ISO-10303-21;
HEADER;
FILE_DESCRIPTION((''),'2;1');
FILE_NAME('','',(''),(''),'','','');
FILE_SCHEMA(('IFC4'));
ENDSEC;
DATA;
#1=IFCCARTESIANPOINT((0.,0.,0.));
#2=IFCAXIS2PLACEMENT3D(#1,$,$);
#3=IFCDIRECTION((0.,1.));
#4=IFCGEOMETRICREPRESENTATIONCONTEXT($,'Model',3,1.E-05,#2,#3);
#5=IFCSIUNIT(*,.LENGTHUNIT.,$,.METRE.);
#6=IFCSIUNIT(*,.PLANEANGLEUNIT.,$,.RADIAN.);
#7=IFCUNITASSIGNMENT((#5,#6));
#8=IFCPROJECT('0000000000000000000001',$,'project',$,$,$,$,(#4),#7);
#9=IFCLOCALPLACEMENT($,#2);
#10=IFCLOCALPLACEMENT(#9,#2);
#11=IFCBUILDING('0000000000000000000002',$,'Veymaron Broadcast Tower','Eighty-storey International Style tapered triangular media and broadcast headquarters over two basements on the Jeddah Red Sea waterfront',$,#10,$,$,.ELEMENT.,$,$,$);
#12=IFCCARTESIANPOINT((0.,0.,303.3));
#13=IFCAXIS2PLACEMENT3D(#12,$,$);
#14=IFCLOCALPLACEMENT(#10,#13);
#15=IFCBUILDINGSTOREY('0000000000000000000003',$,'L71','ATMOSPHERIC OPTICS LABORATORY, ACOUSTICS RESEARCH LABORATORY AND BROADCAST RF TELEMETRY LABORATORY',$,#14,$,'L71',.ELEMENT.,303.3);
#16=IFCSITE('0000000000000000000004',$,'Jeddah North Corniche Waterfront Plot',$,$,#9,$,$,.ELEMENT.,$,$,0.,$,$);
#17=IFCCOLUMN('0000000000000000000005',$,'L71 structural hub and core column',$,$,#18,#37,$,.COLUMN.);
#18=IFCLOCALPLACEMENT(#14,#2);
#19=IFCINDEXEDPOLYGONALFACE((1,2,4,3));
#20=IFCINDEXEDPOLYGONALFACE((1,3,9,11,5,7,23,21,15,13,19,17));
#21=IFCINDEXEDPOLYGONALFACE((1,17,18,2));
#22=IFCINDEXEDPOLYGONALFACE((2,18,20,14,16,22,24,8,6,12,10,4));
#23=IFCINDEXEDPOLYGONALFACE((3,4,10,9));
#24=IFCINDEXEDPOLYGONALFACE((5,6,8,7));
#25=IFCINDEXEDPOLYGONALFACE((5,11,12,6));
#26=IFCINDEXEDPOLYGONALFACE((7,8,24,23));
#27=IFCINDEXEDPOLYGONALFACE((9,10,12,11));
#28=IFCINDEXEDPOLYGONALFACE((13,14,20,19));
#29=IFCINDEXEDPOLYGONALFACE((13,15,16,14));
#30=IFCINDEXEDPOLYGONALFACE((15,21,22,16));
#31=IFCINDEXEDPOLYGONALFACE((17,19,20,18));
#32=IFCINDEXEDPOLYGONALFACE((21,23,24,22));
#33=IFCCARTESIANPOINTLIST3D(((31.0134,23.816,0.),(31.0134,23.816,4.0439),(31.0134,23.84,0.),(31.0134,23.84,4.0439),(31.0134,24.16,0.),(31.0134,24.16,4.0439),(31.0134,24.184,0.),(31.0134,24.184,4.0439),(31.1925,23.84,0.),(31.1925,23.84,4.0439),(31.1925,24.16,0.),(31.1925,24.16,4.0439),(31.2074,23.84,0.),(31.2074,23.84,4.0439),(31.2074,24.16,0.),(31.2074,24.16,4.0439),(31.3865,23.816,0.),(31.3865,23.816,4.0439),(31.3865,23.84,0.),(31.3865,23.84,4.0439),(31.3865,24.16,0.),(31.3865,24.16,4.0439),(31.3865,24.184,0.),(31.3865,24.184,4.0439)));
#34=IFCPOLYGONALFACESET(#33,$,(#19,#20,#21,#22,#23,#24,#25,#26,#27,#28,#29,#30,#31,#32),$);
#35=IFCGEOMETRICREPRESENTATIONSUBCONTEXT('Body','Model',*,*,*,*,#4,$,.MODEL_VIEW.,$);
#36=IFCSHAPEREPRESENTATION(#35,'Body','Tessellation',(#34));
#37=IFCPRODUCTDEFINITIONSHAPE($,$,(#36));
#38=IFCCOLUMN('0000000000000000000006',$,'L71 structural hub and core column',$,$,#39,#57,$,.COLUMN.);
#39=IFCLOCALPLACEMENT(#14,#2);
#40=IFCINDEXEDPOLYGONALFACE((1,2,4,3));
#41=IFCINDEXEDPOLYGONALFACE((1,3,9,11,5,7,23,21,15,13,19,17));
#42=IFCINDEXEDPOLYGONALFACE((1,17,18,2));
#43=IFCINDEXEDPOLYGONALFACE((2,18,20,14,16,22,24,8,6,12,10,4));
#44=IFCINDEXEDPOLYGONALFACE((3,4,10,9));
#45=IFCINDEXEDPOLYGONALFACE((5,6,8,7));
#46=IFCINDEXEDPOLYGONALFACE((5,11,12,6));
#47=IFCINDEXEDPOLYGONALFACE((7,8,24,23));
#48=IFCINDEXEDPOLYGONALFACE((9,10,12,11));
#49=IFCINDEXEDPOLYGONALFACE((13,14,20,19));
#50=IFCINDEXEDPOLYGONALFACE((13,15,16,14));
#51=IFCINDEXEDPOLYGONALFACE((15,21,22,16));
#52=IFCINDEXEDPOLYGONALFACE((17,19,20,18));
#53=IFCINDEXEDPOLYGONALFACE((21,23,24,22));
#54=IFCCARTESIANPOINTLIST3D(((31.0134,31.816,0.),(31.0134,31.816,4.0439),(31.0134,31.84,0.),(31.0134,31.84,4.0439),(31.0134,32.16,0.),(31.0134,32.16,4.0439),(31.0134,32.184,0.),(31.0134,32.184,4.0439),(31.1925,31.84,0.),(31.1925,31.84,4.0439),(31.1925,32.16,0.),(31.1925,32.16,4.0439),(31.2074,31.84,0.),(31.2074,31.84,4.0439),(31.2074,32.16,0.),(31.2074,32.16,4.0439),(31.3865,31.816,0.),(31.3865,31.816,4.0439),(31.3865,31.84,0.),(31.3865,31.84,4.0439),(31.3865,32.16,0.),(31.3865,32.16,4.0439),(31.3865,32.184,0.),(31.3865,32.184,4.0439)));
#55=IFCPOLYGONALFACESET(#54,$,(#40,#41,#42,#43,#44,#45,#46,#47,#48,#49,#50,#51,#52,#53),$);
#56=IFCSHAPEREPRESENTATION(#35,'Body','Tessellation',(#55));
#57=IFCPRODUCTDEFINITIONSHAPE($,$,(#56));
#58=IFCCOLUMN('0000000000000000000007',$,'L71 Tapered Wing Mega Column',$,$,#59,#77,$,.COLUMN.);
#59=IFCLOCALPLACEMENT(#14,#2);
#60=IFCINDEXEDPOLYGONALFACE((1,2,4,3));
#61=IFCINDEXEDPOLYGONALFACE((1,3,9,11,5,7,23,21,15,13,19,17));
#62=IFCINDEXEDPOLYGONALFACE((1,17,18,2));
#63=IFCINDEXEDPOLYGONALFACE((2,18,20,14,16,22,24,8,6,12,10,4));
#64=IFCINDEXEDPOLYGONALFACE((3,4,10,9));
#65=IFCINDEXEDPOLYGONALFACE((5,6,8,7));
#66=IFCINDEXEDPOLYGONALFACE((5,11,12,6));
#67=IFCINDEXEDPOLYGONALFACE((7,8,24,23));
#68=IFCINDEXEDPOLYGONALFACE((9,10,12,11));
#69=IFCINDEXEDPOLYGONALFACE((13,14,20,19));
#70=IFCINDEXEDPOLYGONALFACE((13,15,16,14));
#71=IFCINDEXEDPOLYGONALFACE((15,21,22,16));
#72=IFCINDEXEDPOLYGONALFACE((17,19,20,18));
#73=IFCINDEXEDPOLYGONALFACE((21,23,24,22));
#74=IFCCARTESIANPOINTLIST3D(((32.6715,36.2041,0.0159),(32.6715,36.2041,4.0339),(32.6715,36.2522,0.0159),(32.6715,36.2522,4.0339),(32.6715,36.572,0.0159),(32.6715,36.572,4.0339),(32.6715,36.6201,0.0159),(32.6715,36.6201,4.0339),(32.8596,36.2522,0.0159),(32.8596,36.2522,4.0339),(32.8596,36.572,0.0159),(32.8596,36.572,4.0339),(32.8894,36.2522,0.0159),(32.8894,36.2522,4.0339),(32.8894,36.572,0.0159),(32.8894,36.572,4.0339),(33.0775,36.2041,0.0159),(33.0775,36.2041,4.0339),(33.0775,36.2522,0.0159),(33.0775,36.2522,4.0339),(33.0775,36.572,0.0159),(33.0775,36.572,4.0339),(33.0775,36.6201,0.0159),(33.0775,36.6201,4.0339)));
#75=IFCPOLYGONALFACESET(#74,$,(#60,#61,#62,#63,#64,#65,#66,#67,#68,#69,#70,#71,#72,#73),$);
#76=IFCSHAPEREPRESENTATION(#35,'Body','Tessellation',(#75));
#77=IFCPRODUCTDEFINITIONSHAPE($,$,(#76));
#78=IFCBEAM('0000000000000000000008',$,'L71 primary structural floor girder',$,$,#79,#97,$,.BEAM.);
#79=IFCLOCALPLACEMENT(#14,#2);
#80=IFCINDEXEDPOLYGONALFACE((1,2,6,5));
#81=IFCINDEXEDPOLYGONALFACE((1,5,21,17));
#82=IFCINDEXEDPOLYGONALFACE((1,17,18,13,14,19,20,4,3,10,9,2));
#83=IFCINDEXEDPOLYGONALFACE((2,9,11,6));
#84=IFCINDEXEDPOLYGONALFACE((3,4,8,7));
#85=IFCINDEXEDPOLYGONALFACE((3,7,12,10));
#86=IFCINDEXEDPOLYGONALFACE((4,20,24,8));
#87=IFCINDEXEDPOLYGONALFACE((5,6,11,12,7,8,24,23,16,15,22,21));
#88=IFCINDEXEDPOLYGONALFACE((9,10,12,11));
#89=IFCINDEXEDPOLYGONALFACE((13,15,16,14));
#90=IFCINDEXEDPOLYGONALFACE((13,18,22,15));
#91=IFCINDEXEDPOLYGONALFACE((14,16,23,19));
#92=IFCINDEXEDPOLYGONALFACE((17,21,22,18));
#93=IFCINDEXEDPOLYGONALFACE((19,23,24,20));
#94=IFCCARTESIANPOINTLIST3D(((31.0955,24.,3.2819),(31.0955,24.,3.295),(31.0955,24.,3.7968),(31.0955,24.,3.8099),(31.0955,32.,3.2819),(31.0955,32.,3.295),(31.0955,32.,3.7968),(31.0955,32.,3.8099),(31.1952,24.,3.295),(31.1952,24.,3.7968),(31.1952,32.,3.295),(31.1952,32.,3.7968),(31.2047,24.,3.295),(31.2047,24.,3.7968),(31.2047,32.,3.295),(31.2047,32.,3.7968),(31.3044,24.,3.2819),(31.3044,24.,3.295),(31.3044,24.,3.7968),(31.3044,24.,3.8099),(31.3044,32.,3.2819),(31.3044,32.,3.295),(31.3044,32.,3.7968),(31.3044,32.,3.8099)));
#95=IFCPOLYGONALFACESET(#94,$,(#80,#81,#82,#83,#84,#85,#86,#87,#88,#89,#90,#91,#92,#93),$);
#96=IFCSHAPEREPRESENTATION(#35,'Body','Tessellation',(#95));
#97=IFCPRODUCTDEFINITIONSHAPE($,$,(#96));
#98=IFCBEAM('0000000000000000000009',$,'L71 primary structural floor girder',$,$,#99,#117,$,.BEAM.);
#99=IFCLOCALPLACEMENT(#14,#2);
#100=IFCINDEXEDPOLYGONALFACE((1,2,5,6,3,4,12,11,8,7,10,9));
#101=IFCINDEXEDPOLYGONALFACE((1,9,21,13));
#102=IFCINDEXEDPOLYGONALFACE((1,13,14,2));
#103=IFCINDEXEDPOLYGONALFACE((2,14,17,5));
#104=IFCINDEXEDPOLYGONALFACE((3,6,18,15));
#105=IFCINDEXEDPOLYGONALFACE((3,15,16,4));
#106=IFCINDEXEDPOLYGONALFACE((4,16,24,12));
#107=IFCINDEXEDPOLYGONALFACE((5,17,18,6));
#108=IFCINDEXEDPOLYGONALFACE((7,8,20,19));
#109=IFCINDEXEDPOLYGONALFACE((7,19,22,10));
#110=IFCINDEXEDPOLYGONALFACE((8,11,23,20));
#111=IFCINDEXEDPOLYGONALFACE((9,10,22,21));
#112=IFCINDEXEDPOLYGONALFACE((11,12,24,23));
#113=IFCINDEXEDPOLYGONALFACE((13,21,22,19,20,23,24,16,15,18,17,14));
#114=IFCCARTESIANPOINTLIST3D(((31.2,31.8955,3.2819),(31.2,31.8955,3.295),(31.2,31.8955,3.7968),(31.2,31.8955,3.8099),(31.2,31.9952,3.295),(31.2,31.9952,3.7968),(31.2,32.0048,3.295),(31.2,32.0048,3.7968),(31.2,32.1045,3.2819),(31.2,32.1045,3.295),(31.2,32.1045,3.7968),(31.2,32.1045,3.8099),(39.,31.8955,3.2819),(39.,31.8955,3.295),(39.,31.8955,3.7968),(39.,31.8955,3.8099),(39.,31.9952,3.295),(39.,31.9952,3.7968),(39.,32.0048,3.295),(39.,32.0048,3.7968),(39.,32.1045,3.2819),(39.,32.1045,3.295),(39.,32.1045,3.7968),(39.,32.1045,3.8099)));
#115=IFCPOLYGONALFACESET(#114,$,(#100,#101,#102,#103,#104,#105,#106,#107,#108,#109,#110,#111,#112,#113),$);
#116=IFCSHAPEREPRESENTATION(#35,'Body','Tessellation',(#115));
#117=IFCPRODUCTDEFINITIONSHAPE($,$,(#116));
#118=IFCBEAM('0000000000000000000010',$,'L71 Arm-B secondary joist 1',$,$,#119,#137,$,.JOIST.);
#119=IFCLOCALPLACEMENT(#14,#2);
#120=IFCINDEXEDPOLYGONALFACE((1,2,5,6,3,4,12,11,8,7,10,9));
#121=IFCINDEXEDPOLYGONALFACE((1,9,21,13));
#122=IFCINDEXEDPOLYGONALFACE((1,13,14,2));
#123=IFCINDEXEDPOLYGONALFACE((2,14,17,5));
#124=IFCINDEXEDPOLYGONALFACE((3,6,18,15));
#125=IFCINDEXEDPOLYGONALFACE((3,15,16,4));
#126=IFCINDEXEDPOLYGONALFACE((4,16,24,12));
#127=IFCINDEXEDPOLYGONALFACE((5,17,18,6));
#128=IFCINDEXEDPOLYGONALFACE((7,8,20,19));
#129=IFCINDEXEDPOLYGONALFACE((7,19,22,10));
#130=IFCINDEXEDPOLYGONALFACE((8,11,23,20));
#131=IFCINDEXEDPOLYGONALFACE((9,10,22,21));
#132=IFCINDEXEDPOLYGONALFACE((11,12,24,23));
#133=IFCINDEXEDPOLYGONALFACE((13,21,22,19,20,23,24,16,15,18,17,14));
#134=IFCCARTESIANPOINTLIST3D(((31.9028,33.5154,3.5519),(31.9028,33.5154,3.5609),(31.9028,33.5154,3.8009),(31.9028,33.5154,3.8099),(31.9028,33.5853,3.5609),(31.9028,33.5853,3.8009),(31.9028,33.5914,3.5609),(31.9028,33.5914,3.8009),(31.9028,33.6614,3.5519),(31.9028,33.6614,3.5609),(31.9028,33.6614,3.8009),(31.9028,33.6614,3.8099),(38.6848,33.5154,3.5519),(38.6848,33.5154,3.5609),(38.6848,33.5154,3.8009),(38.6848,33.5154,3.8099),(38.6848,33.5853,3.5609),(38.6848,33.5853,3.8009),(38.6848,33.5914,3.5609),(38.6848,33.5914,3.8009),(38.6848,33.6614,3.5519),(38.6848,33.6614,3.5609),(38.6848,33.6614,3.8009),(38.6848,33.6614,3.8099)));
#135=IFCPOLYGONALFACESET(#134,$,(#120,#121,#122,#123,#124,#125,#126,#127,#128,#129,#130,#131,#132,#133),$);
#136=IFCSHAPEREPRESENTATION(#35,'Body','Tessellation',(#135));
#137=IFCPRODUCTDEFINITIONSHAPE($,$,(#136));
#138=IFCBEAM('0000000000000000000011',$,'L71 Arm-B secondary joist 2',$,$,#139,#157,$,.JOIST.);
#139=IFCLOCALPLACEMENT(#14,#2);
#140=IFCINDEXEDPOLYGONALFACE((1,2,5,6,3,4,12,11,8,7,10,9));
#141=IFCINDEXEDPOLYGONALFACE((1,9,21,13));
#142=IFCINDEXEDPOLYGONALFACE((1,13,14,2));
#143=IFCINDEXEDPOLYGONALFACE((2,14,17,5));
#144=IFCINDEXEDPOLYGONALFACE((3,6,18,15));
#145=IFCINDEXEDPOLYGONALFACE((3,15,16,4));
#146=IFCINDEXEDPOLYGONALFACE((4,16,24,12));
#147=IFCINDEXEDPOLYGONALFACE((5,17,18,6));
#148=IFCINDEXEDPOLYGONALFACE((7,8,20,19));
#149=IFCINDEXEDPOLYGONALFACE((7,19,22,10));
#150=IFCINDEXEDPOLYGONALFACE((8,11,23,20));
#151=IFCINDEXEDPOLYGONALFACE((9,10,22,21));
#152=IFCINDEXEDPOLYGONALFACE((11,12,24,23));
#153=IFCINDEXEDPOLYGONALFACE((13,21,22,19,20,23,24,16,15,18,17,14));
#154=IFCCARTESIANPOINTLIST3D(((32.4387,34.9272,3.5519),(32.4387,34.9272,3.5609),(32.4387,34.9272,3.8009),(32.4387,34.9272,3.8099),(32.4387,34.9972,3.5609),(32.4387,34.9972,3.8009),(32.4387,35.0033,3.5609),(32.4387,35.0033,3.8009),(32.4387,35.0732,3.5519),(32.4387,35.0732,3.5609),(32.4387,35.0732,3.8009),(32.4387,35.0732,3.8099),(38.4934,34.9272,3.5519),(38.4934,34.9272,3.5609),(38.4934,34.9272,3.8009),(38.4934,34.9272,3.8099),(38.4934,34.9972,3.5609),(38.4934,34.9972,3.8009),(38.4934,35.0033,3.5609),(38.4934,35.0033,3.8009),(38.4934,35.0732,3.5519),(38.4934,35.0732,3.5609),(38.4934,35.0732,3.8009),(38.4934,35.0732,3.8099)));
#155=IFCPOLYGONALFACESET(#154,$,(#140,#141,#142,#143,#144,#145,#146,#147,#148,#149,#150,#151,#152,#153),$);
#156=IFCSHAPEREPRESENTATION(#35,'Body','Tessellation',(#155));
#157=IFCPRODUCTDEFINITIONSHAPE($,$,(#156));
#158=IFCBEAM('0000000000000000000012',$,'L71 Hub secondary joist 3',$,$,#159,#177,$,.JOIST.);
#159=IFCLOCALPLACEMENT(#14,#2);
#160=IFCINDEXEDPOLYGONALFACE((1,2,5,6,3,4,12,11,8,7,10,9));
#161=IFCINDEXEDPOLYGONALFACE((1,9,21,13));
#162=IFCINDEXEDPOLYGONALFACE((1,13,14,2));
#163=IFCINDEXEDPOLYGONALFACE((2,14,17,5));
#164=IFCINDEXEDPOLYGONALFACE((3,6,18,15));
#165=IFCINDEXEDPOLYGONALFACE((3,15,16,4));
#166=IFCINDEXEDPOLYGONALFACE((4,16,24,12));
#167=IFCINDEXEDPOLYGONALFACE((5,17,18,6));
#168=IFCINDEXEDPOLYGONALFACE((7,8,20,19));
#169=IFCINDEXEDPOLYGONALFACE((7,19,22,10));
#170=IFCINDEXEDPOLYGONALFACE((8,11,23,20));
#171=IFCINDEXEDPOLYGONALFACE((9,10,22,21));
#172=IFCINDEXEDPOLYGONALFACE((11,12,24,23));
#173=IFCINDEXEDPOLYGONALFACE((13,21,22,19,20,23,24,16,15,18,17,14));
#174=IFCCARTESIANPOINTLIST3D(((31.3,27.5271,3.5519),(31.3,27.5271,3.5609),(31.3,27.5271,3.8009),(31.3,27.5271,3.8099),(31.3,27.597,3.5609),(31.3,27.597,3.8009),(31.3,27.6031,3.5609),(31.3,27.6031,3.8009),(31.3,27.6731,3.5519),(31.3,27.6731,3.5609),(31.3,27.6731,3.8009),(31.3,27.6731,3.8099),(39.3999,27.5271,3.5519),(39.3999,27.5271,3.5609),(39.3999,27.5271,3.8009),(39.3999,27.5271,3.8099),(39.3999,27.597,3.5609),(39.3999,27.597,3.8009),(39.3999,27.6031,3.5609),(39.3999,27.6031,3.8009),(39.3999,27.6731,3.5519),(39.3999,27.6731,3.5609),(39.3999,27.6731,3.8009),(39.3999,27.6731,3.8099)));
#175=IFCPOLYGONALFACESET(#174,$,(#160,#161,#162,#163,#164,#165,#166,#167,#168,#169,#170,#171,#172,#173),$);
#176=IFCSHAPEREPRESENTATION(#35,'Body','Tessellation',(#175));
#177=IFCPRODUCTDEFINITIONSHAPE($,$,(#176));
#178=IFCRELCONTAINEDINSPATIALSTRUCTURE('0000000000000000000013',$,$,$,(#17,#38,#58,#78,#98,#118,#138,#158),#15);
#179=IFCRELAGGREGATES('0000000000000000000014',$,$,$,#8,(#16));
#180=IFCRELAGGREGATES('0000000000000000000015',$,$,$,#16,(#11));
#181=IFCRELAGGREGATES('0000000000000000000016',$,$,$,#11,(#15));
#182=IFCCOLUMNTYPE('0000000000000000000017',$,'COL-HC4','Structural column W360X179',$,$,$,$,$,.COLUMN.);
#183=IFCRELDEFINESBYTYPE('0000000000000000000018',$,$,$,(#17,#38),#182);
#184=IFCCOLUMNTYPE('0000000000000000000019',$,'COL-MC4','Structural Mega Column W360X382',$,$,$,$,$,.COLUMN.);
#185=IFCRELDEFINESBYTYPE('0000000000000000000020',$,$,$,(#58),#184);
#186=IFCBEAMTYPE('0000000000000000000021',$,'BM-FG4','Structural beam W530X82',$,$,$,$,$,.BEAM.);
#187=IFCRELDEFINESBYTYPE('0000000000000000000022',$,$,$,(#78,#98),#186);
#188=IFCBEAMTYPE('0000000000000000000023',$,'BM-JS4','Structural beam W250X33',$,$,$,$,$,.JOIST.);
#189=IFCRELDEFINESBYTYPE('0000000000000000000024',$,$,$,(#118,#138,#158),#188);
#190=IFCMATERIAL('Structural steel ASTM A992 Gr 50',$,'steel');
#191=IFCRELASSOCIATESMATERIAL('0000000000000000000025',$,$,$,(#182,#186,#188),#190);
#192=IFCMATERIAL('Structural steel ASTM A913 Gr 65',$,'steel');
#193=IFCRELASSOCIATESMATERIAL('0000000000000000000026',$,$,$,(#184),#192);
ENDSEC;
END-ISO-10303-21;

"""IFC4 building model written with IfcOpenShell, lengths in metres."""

from ifc_helpers import new_model, si_unit, direction, frame, origin, origin_2d, place, context, subcontext, project, spatial, i_section, extrude, material, material_profile, profile_set, type_object, element, save


model = new_model("IFC4")

# Units and contexts
model_context = context("Model", 3, precision=1e-05, world=origin(), true_north=direction((0.0, 1.0)))
body_context = subcontext(model_context, "Body", "Model", "MODEL_VIEW")
ifc_project = project(units=[si_unit("LENGTHUNIT", "METRE"), si_unit("PLANEANGLEUNIT", "RADIAN")], contexts=[model_context])

# Site, building, storey
site_placement = place(None, origin())
site = spatial("IfcSite", under=ifc_project, at=site_placement, Name="Jeddah North Corniche Waterfront Plot", CompositionType="ELEMENT", RefElevation=0.0)
building_placement = place(site_placement, origin())
building = spatial("IfcBuilding", under=site, at=building_placement, Name="Veymaron Broadcast Tower", Description="Eighty-storey International Style tapered triangular media and broadcast headquarters over two basements on the Jeddah Red Sea waterfront", CompositionType="ELEMENT")
storey_placement = place(building_placement, frame((0.0, 0.0, 303.3)))
storey = spatial("IfcBuildingStorey", under=building, at=storey_placement, Name="L71", Description="ATMOSPHERIC OPTICS LABORATORY, ACOUSTICS RESEARCH LABORATORY AND BROADCAST RF TELEMETRY LABORATORY", LongName="L71", CompositionType="ELEMENT", Elevation=303.3)

# Columns
ifc_material_1 = material(Name="Structural steel ASTM A992 Gr 50", Category="steel")
ifc_material_profile_1 = material_profile(ifc_material_1, i_section(OverallWidth=0.373, OverallDepth=0.3679, WebThickness=0.0149, FlangeThickness=0.0239, at=origin_2d()), Name="W360X179")
ifc_profile_set_1 = profile_set([ifc_material_profile_1], Name="Structural steel ASTM A992 Gr 50")
column_type_1 = type_object("IfcColumnType", Name="COL-HC4", Description="Structural column W360X179", PredefinedType="COLUMN", material=ifc_profile_set_1)
for number, where, z_axis, x_axis, name in (
    (1, (31.2, 24.0, 0.0), (0.0, 0.0, 1.0), (1.0, 0.0, 0.0), "L71 structural hub and core column"),
    (2, (31.2, 32.0, 0.0), (0.0, 0.0, 1.0), (1.0, 0.0, 0.0), "L71 structural hub and core column"),
):
    element("IfcColumn", number, at=place(storey_placement, frame(where, z_axis=z_axis, x_axis=x_axis)), inside=storey, type_object=column_type_1, Name=name, PredefinedType="COLUMN", context=body_context, shape_type="SweptSolid", body=[
        extrude(i_section(OverallWidth=0.373, OverallDepth=0.3679, WebThickness=0.0149, FlangeThickness=0.0239, at=origin_2d()), origin(), (0.0, 0.0, 1.0), 4.0439),
    ])
ifc_material_2 = material(Name="Structural steel ASTM A913 Gr 65", Category="steel")
ifc_material_profile_2 = material_profile(ifc_material_2, i_section(OverallWidth=0.406, OverallDepth=0.416, WebThickness=0.0298, FlangeThickness=0.0481, at=origin_2d()), Name="W360X382")
ifc_profile_set_2 = profile_set([ifc_material_profile_2], Name="Structural steel ASTM A913 Gr 65")
column_type_2 = type_object("IfcColumnType", Name="COL-MC4", Description="Structural Mega Column W360X382", PredefinedType="COLUMN", material=ifc_profile_set_2)
column_placement = place(storey_placement, frame((32.8745, 36.4121, 0.0159), z_axis=(0.0, 0.0, 1.0), x_axis=(1.0, 0.0, 0.0)))
element("IfcColumn", 3, at=column_placement, inside=storey, type_object=column_type_2, Name="L71 Tapered Wing Mega Column", PredefinedType="COLUMN", context=body_context, shape_type="SweptSolid", body=[
    extrude(i_section(OverallWidth=0.406, OverallDepth=0.416, WebThickness=0.0298, FlangeThickness=0.0481, at=origin_2d()), origin(), (0.0, 0.0, 1.0), 4.0181),
])

# Beams
ifc_material_profile_3 = material_profile(ifc_material_1, i_section(OverallWidth=0.209, OverallDepth=0.5281, WebThickness=0.0095, FlangeThickness=0.0132, at=origin_2d()), Name="W530X82")
ifc_profile_set_3 = profile_set([ifc_material_profile_3], Name="Structural steel ASTM A992 Gr 50")
beam_type_1 = type_object("IfcBeamType", Name="BM-FG4", Description="Structural beam W530X82", PredefinedType="BEAM", material=ifc_profile_set_3)
beam_1_placement = place(storey_placement, frame((31.2, 24.0, 3.5459), z_axis=(0.0, 1.0, 0.0), x_axis=(-1.0, 0.0, 0.0)))
element("IfcBeam", 4, at=beam_1_placement, inside=storey, type_object=beam_type_1, Name="L71 primary structural floor girder", PredefinedType="BEAM", context=body_context, shape_type="SweptSolid", body=[
    extrude(i_section(OverallWidth=0.209, OverallDepth=0.5281, WebThickness=0.0095, FlangeThickness=0.0132, at=origin_2d()), origin(), (0.0, 0.0, 1.0), 8.0),
])
beam_2_placement = place(storey_placement, frame((31.2, 32.0, 3.5459), z_axis=(1.0, 0.0, 0.0), x_axis=(0.0, 1.0, 0.0)))
element("IfcBeam", 5, at=beam_2_placement, inside=storey, type_object=beam_type_1, Name="L71 primary structural floor girder", PredefinedType="BEAM", context=body_context, shape_type="SweptSolid", body=[
    extrude(i_section(OverallWidth=0.209, OverallDepth=0.5281, WebThickness=0.0095, FlangeThickness=0.0132, at=origin_2d()), origin(), (0.0, 0.0, 1.0), 7.8),
])
ifc_material_profile_4 = material_profile(ifc_material_1, i_section(OverallWidth=0.146, OverallDepth=0.2581, WebThickness=0.0061, FlangeThickness=0.009, at=origin_2d()), Name="W250X33")
ifc_profile_set_4 = profile_set([ifc_material_profile_4], Name="Structural steel ASTM A992 Gr 50")
beam_type_2 = type_object("IfcBeamType", Name="BM-JS4", Description="Structural beam W250X33", PredefinedType="JOIST", material=ifc_profile_set_4)
beam_3_placement = place(storey_placement, frame((31.9028, 33.5884, 3.6809), z_axis=(1.0, 0.0, 0.0), x_axis=(0.0, 1.0, 0.0)))
element("IfcBeam", 6, at=beam_3_placement, inside=storey, type_object=beam_type_2, Name="L71 Arm-B secondary joist 1", PredefinedType="JOIST", context=body_context, shape_type="SweptSolid", body=[
    extrude(i_section(OverallWidth=0.146, OverallDepth=0.2581, WebThickness=0.0061, FlangeThickness=0.009, at=origin_2d()), origin(), (0.0, 0.0, 1.0), 6.782),
])
beam_4_placement = place(storey_placement, frame((32.4387, 35.0002, 3.6809), z_axis=(1.0, 0.0, 0.0), x_axis=(0.0, 1.0, 0.0)))
element("IfcBeam", 7, at=beam_4_placement, inside=storey, type_object=beam_type_2, Name="L71 Arm-B secondary joist 2", PredefinedType="JOIST", context=body_context, shape_type="SweptSolid", body=[
    extrude(i_section(OverallWidth=0.146, OverallDepth=0.2581, WebThickness=0.0061, FlangeThickness=0.009, at=origin_2d()), origin(), (0.0, 0.0, 1.0), 6.0547),
])
for number, where, z_axis, x_axis, name in (
    (8, (31.3, 27.6001, 3.6809), (1.0, 0.0, 0.0), (0.0, 1.0, 0.0), "L71 Hub secondary joist 3"),
):
    element("IfcBeam", number, at=place(storey_placement, frame(where, z_axis=z_axis, x_axis=x_axis)), inside=storey, type_object=beam_type_2, Name=name, PredefinedType="JOIST", context=body_context, shape_type="SweptSolid", body=[
        extrude(i_section(OverallWidth=0.146, OverallDepth=0.2581, WebThickness=0.0061, FlangeThickness=0.009, at=origin_2d()), origin(), (0.0, 0.0, 1.0), 8.0999),
    ])

save(model, "model.ifc")
